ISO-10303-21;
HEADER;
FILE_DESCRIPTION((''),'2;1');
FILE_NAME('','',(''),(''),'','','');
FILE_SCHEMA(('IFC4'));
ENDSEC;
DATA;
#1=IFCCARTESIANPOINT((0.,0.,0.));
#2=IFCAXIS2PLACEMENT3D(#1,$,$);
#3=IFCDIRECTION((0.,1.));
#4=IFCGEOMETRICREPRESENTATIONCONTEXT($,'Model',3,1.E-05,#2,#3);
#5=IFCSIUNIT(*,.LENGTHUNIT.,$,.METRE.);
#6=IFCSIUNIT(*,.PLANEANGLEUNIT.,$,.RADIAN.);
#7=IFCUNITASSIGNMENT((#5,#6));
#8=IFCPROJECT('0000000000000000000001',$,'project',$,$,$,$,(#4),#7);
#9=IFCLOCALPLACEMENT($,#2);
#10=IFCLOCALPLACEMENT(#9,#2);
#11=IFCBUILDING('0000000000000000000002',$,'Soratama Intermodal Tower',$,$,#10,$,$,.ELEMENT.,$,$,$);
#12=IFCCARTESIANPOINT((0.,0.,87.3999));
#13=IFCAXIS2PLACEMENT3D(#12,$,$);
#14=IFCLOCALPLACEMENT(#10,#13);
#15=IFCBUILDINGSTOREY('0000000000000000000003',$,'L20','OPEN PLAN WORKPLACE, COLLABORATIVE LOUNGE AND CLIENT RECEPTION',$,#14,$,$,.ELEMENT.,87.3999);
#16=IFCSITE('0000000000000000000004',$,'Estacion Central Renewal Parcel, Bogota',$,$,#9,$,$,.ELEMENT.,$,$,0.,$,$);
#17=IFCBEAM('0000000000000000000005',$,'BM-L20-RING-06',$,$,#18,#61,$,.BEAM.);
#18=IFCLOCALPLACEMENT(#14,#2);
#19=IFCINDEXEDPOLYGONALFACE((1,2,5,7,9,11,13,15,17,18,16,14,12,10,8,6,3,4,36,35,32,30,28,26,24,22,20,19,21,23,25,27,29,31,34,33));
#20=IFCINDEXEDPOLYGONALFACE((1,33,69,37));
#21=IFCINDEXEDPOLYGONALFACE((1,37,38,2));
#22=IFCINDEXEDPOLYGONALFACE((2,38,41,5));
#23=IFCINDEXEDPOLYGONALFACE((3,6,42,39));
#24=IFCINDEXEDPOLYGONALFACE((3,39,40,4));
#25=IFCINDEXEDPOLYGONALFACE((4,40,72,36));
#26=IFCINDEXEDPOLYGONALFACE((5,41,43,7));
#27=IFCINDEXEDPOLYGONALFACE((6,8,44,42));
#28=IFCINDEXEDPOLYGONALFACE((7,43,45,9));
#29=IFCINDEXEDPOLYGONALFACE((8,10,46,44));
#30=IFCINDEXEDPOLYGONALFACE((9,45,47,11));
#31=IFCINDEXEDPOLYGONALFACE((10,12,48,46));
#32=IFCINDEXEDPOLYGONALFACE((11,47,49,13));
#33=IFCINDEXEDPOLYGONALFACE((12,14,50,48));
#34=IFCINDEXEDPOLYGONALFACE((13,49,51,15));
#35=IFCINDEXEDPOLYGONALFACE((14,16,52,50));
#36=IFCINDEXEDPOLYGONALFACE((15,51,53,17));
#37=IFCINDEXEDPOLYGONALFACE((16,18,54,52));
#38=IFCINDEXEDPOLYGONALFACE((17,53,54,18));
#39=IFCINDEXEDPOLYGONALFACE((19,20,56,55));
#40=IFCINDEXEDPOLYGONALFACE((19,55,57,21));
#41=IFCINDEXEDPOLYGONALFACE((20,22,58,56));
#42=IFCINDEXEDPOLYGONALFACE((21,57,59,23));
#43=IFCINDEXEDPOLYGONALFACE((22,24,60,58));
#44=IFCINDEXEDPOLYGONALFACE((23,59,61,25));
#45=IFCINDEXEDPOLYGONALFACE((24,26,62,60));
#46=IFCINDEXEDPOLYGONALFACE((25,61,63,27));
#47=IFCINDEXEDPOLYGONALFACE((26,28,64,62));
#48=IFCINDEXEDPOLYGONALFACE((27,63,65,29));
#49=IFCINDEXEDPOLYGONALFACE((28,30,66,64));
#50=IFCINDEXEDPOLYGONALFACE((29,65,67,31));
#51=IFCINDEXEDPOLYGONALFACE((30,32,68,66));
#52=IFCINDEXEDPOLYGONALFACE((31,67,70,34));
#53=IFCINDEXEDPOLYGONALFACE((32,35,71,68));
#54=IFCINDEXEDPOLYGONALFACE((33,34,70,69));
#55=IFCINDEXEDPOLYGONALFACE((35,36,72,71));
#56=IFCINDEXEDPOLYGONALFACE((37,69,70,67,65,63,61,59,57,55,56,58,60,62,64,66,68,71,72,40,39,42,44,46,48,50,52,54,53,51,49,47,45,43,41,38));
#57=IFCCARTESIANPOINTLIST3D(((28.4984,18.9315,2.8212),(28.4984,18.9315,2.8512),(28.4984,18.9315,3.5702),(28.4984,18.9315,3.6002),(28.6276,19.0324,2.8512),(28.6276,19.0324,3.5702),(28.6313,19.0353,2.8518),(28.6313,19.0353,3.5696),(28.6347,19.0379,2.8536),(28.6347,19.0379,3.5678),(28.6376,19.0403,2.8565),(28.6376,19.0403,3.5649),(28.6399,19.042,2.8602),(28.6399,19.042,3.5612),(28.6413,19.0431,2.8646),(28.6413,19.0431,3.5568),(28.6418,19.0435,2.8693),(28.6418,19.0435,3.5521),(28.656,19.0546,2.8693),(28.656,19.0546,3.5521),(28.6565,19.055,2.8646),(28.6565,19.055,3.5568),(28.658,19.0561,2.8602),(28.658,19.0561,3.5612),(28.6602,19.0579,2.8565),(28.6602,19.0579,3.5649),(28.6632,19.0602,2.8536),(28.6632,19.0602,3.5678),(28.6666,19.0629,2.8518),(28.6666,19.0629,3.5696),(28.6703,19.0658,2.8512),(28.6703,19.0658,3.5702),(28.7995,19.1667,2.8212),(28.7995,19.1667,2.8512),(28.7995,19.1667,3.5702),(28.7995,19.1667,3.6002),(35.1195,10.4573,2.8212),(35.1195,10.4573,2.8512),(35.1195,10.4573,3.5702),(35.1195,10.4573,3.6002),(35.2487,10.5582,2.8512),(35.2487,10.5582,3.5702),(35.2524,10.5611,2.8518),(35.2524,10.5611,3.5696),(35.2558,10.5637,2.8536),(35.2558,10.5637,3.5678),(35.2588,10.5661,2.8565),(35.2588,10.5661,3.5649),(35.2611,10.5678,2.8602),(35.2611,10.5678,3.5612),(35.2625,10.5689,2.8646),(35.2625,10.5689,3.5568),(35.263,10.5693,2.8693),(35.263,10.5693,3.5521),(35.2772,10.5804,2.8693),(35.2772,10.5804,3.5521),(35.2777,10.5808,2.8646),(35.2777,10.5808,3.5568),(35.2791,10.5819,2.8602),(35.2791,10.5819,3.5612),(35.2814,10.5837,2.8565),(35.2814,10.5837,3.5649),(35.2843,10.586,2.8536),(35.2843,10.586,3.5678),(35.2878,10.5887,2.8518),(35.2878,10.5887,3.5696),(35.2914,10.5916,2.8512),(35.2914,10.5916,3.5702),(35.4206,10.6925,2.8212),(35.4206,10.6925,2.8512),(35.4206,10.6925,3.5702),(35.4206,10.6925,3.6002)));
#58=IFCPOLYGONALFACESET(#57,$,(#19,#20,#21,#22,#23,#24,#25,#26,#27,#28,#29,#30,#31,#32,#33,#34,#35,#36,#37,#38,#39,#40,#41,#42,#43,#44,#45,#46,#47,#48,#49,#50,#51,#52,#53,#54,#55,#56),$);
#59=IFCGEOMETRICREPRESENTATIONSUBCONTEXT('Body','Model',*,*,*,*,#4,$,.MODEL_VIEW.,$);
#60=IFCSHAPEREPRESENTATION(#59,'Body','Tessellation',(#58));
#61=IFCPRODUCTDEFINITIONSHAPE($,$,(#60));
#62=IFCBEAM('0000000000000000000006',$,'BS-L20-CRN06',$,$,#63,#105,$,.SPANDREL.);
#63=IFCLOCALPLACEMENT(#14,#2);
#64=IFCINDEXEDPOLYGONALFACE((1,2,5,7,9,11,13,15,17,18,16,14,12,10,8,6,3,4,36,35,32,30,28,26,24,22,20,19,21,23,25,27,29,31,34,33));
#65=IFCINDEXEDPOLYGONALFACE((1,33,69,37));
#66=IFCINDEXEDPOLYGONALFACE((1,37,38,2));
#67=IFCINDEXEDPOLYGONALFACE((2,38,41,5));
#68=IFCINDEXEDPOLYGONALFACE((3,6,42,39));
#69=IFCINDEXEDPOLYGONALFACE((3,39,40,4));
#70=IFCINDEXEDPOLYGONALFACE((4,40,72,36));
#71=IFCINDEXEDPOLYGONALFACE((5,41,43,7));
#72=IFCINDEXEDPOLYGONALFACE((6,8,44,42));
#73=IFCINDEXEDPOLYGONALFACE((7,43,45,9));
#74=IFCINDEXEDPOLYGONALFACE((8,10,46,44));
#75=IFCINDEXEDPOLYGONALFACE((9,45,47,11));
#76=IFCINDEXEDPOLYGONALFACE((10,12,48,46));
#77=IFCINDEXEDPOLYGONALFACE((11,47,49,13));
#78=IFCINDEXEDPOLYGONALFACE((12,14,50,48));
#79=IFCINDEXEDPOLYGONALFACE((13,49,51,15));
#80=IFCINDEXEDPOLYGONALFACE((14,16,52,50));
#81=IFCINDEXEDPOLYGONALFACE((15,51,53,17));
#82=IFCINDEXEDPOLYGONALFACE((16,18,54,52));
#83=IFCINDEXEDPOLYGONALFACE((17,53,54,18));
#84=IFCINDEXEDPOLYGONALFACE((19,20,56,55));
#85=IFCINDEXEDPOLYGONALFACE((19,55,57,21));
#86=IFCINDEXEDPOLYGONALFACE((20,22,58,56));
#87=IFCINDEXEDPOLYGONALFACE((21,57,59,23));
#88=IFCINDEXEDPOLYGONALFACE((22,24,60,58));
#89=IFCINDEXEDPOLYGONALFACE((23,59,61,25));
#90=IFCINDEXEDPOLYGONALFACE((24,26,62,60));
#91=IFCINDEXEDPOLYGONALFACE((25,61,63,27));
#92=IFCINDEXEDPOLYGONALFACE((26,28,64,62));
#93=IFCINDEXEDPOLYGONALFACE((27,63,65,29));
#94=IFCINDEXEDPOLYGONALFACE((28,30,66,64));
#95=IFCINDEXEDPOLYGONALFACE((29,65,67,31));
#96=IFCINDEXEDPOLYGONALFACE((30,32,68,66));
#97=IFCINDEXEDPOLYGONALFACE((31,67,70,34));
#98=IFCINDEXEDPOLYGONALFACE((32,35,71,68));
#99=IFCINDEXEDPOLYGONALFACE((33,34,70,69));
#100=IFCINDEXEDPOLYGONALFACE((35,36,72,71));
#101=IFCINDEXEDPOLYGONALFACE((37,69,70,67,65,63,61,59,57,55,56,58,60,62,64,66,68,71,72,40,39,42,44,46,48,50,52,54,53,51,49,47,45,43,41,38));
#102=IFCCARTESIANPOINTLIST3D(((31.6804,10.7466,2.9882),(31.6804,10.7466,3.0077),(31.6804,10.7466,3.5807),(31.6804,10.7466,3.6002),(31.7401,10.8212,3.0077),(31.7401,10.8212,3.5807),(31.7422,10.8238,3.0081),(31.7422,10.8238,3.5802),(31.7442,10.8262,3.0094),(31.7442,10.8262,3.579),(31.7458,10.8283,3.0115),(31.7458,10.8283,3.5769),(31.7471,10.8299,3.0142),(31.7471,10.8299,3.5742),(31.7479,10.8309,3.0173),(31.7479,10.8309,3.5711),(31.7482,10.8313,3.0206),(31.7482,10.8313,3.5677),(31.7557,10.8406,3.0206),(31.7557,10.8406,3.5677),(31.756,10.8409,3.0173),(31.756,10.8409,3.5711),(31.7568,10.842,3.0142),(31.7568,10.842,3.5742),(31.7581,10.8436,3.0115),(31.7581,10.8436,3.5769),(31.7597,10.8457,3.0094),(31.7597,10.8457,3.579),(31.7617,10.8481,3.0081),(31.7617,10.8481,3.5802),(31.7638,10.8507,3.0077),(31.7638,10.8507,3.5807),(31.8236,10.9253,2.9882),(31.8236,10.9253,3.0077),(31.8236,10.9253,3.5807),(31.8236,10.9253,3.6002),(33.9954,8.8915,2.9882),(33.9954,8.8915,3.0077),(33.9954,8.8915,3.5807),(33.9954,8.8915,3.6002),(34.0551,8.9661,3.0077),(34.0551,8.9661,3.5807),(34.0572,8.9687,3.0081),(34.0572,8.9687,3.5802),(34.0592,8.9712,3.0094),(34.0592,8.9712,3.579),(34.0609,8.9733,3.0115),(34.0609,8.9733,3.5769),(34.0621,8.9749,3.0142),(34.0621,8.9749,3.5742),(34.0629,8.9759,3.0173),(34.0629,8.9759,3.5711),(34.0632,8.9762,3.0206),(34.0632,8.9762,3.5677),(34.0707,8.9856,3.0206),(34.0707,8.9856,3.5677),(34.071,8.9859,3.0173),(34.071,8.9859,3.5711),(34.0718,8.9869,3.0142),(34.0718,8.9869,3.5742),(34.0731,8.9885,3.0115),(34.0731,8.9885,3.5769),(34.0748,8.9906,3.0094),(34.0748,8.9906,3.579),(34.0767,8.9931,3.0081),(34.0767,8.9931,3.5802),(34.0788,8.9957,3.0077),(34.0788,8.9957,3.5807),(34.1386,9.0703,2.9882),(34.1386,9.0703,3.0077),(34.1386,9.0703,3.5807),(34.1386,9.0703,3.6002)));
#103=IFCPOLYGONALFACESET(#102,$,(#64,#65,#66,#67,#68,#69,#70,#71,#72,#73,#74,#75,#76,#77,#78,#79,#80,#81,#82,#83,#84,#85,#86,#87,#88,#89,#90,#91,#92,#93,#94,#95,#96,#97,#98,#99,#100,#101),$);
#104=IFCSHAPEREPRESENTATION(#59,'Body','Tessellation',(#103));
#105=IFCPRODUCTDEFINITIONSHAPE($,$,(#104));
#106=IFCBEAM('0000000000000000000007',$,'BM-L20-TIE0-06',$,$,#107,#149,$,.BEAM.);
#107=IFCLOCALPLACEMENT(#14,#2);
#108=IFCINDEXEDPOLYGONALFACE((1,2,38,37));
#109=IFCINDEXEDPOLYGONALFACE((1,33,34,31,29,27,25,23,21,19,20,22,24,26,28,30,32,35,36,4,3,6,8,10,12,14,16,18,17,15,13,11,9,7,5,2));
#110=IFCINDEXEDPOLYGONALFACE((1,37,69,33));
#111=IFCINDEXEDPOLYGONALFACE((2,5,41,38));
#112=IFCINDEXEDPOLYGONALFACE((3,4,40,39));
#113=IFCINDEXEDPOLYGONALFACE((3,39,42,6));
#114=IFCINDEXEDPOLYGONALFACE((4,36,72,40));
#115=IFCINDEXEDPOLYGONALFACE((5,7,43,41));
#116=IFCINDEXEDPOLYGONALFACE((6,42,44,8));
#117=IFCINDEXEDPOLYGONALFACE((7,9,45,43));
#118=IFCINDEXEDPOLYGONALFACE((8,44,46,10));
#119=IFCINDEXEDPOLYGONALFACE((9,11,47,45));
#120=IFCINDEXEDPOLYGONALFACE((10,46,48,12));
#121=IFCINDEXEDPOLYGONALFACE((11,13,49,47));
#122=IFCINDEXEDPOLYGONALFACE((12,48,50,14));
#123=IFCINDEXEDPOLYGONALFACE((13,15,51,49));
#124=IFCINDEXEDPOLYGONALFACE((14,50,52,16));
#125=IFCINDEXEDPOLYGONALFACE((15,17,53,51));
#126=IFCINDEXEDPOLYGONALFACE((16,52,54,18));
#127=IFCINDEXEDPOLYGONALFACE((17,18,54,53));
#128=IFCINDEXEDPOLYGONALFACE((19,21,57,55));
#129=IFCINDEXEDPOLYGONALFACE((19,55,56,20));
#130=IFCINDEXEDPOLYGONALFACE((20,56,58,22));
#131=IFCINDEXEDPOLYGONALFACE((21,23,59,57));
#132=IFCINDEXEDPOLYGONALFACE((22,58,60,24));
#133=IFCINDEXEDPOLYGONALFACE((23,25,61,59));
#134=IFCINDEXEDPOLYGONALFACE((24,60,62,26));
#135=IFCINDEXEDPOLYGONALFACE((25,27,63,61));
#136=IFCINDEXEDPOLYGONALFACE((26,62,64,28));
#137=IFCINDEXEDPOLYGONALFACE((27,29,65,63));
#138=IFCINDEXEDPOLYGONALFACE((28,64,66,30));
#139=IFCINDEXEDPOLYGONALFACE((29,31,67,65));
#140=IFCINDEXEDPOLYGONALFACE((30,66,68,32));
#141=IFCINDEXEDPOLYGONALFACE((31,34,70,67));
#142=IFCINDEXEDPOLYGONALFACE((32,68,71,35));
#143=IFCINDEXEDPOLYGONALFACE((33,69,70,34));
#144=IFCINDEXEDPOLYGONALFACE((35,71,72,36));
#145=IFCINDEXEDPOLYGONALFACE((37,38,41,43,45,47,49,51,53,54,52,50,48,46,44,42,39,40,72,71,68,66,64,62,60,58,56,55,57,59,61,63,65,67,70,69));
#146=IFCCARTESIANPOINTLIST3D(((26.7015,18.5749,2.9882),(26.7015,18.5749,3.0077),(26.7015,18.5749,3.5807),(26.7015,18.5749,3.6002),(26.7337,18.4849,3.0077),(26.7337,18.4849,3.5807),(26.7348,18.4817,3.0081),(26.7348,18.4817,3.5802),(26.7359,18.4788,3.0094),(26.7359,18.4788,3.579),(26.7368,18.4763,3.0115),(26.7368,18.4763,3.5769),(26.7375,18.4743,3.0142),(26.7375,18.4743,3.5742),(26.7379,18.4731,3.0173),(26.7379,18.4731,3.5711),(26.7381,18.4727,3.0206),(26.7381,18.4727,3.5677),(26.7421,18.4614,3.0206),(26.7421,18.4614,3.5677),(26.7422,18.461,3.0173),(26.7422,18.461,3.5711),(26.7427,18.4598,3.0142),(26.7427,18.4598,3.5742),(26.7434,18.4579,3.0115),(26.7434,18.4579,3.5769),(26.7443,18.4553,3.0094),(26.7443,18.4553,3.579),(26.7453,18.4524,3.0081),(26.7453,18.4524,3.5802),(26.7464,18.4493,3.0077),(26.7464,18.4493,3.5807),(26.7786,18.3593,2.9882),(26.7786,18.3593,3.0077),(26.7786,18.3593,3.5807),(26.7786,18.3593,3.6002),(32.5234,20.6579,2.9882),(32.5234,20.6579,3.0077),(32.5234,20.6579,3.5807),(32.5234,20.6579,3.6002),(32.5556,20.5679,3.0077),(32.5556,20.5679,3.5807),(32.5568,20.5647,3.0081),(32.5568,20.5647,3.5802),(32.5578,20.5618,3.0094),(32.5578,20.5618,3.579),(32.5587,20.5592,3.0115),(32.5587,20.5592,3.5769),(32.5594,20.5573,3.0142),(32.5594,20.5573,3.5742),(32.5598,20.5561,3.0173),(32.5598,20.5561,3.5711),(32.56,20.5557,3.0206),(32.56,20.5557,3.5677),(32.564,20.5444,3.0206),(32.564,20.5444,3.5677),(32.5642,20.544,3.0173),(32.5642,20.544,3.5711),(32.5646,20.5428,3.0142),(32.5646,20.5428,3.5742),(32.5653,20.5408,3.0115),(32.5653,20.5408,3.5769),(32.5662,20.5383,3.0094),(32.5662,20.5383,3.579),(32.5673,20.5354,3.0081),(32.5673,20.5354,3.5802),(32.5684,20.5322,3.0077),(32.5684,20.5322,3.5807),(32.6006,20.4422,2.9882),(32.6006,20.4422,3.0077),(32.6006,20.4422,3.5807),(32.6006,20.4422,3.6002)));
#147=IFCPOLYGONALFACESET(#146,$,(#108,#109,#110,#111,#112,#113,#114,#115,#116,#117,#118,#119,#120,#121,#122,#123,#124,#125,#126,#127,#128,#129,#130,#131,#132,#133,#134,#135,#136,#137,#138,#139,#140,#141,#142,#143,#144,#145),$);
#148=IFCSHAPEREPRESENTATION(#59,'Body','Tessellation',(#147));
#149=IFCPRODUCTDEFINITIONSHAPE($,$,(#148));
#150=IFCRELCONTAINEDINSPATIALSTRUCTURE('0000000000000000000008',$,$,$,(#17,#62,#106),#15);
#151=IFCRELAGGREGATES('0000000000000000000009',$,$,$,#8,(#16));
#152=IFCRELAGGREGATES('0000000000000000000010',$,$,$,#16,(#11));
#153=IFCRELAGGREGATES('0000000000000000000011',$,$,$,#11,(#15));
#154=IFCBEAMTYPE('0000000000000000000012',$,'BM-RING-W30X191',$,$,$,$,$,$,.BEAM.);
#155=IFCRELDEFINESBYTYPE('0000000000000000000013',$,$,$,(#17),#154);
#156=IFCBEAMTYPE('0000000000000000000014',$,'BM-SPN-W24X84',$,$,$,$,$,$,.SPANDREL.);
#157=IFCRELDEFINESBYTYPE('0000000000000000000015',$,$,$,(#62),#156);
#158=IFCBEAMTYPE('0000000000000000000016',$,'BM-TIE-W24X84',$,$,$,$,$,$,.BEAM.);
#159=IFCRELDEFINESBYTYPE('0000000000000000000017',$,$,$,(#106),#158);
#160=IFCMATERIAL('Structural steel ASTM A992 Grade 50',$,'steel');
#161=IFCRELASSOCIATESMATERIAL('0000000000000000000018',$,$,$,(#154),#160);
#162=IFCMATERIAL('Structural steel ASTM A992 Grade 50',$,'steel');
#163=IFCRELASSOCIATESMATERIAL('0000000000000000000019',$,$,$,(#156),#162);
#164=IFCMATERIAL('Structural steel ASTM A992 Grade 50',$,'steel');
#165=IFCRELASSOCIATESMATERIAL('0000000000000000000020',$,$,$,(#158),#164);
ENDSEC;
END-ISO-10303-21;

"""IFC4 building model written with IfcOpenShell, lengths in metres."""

from ifc_helpers import new_model, si_unit, direction, frame, origin, origin_2d, place, context, subcontext, project, spatial, i_section, extrude, material, material_profile, profile_set, type_object, element, save


model = new_model("IFC4")

# Units and contexts
model_context = context("Model", 3, precision=1e-05, world=origin(), true_north=direction((0.0, 1.0)))
body_context = subcontext(model_context, "Body", "Model", "MODEL_VIEW")
ifc_project = project(units=[si_unit("LENGTHUNIT", "METRE"), si_unit("PLANEANGLEUNIT", "RADIAN")], contexts=[model_context])

# Site, building, storey
site_placement = place(None, origin())
site = spatial("IfcSite", under=ifc_project, at=site_placement, Name="Estacion Central Renewal Parcel, Bogota", CompositionType="ELEMENT", RefElevation=0.0)
building_placement = place(site_placement, origin())
building = spatial("IfcBuilding", under=site, at=building_placement, Name="Soratama Intermodal Tower", CompositionType="ELEMENT")
storey_placement = place(building_placement, frame((0.0, 0.0, 87.3999)))
storey = spatial("IfcBuildingStorey", under=building, at=storey_placement, Name="L20", Description="OPEN PLAN WORKPLACE, COLLABORATIVE LOUNGE AND CLIENT RECEPTION", CompositionType="ELEMENT", Elevation=87.3999)

# Beams
ifc_material_1 = material(Name="Structural steel ASTM A992 Grade 50", Category="steel")
ifc_material_profile_1 = material_profile(ifc_material_1, i_section(OverallWidth=0.3821, OverallDepth=0.7791, WebThickness=0.0181, FlangeThickness=0.03, FilletRadius=0.0181, at=origin_2d()), Name="W30X191")
ifc_profile_set_1 = profile_set([ifc_material_profile_1], Name="Structural steel ASTM A992 Grade 50")
beam_type_1 = type_object("IfcBeamType", Name="BM-RING-W30X191", PredefinedType="BEAM", material=ifc_profile_set_1)
beam_1_placement = place(storey_placement, frame((28.6489, 19.0491, 3.2107), z_axis=(0.615684, -0.787993, 0.0), x_axis=(0.787993, 0.615684, 0.0)))
element("IfcBeam", 1, at=beam_1_placement, inside=storey, type_object=beam_type_1, Name="BM-L20-RING-06", PredefinedType="BEAM", context=body_context, shape_type="SweptSolid", body=[
    extrude(i_section(OverallWidth=0.3821, OverallDepth=0.7791, WebThickness=0.0181, FlangeThickness=0.03, FilletRadius=0.0181, at=origin_2d()), origin(), (0.0, 0.0, 1.0), 10.7542),
])
ifc_material_2 = material(Name="Structural steel ASTM A992 Grade 50", Category="steel")
ifc_material_profile_2 = material_profile(ifc_material_2, i_section(OverallWidth=0.229, OverallDepth=0.6121, WebThickness=0.012, FlangeThickness=0.0195, FilletRadius=0.0129, at=origin_2d()), Name="W24X84")
ifc_profile_set_2 = profile_set([ifc_material_profile_2], Name="Structural steel ASTM A992 Grade 50")
beam_type_2 = type_object("IfcBeamType", Name="BM-SPN-W24X84", PredefinedType="SPANDREL", material=ifc_profile_set_2)
beam_2_placement = place(storey_placement, frame((31.752, 10.8359, 3.2942), z_axis=(0.780371, -0.625317, 0.0), x_axis=(0.625317, 0.780371, 0.0)))
element("IfcBeam", 2, at=beam_2_placement, inside=storey, type_object=beam_type_2, Name="BS-L20-CRN06", PredefinedType="SPANDREL", context=body_context, shape_type="SweptSolid", body=[
    extrude(i_section(OverallWidth=0.229, OverallDepth=0.6121, WebThickness=0.012, FlangeThickness=0.0195, FilletRadius=0.0129, at=origin_2d()), origin(), (0.0, 0.0, 1.0), 2.9666),
])
ifc_material_3 = material(Name="Structural steel ASTM A992 Grade 50", Category="steel")
ifc_material_profile_3 = material_profile(ifc_material_3, i_section(OverallWidth=0.229, OverallDepth=0.6121, WebThickness=0.012, FlangeThickness=0.0195, FilletRadius=0.0129, at=origin_2d()), Name="W24X84")
ifc_profile_set_3 = profile_set([ifc_material_profile_3], Name="Structural steel ASTM A992 Grade 50")
beam_type_3 = type_object("IfcBeamType", Name="BM-TIE-W24X84", PredefinedType="BEAM", material=ifc_profile_set_3)
beam_3_placement = place(storey_placement, frame((32.562, 20.55, 3.2942), z_axis=(-0.941551, -0.336869, 0.0), x_axis=(0.336869, -0.941551, 0.0)))
element("IfcBeam", 3, at=beam_3_placement, inside=storey, type_object=beam_type_3, Name="BM-L20-TIE0-06", PredefinedType="BEAM", context=body_context, shape_type="SweptSolid", body=[
    extrude(i_section(OverallWidth=0.229, OverallDepth=0.6121, WebThickness=0.012, FlangeThickness=0.0195, FilletRadius=0.0129, at=origin_2d()), origin(), (0.0, 0.0, 1.0), 6.1833),
])

save(model, "model.ifc")
